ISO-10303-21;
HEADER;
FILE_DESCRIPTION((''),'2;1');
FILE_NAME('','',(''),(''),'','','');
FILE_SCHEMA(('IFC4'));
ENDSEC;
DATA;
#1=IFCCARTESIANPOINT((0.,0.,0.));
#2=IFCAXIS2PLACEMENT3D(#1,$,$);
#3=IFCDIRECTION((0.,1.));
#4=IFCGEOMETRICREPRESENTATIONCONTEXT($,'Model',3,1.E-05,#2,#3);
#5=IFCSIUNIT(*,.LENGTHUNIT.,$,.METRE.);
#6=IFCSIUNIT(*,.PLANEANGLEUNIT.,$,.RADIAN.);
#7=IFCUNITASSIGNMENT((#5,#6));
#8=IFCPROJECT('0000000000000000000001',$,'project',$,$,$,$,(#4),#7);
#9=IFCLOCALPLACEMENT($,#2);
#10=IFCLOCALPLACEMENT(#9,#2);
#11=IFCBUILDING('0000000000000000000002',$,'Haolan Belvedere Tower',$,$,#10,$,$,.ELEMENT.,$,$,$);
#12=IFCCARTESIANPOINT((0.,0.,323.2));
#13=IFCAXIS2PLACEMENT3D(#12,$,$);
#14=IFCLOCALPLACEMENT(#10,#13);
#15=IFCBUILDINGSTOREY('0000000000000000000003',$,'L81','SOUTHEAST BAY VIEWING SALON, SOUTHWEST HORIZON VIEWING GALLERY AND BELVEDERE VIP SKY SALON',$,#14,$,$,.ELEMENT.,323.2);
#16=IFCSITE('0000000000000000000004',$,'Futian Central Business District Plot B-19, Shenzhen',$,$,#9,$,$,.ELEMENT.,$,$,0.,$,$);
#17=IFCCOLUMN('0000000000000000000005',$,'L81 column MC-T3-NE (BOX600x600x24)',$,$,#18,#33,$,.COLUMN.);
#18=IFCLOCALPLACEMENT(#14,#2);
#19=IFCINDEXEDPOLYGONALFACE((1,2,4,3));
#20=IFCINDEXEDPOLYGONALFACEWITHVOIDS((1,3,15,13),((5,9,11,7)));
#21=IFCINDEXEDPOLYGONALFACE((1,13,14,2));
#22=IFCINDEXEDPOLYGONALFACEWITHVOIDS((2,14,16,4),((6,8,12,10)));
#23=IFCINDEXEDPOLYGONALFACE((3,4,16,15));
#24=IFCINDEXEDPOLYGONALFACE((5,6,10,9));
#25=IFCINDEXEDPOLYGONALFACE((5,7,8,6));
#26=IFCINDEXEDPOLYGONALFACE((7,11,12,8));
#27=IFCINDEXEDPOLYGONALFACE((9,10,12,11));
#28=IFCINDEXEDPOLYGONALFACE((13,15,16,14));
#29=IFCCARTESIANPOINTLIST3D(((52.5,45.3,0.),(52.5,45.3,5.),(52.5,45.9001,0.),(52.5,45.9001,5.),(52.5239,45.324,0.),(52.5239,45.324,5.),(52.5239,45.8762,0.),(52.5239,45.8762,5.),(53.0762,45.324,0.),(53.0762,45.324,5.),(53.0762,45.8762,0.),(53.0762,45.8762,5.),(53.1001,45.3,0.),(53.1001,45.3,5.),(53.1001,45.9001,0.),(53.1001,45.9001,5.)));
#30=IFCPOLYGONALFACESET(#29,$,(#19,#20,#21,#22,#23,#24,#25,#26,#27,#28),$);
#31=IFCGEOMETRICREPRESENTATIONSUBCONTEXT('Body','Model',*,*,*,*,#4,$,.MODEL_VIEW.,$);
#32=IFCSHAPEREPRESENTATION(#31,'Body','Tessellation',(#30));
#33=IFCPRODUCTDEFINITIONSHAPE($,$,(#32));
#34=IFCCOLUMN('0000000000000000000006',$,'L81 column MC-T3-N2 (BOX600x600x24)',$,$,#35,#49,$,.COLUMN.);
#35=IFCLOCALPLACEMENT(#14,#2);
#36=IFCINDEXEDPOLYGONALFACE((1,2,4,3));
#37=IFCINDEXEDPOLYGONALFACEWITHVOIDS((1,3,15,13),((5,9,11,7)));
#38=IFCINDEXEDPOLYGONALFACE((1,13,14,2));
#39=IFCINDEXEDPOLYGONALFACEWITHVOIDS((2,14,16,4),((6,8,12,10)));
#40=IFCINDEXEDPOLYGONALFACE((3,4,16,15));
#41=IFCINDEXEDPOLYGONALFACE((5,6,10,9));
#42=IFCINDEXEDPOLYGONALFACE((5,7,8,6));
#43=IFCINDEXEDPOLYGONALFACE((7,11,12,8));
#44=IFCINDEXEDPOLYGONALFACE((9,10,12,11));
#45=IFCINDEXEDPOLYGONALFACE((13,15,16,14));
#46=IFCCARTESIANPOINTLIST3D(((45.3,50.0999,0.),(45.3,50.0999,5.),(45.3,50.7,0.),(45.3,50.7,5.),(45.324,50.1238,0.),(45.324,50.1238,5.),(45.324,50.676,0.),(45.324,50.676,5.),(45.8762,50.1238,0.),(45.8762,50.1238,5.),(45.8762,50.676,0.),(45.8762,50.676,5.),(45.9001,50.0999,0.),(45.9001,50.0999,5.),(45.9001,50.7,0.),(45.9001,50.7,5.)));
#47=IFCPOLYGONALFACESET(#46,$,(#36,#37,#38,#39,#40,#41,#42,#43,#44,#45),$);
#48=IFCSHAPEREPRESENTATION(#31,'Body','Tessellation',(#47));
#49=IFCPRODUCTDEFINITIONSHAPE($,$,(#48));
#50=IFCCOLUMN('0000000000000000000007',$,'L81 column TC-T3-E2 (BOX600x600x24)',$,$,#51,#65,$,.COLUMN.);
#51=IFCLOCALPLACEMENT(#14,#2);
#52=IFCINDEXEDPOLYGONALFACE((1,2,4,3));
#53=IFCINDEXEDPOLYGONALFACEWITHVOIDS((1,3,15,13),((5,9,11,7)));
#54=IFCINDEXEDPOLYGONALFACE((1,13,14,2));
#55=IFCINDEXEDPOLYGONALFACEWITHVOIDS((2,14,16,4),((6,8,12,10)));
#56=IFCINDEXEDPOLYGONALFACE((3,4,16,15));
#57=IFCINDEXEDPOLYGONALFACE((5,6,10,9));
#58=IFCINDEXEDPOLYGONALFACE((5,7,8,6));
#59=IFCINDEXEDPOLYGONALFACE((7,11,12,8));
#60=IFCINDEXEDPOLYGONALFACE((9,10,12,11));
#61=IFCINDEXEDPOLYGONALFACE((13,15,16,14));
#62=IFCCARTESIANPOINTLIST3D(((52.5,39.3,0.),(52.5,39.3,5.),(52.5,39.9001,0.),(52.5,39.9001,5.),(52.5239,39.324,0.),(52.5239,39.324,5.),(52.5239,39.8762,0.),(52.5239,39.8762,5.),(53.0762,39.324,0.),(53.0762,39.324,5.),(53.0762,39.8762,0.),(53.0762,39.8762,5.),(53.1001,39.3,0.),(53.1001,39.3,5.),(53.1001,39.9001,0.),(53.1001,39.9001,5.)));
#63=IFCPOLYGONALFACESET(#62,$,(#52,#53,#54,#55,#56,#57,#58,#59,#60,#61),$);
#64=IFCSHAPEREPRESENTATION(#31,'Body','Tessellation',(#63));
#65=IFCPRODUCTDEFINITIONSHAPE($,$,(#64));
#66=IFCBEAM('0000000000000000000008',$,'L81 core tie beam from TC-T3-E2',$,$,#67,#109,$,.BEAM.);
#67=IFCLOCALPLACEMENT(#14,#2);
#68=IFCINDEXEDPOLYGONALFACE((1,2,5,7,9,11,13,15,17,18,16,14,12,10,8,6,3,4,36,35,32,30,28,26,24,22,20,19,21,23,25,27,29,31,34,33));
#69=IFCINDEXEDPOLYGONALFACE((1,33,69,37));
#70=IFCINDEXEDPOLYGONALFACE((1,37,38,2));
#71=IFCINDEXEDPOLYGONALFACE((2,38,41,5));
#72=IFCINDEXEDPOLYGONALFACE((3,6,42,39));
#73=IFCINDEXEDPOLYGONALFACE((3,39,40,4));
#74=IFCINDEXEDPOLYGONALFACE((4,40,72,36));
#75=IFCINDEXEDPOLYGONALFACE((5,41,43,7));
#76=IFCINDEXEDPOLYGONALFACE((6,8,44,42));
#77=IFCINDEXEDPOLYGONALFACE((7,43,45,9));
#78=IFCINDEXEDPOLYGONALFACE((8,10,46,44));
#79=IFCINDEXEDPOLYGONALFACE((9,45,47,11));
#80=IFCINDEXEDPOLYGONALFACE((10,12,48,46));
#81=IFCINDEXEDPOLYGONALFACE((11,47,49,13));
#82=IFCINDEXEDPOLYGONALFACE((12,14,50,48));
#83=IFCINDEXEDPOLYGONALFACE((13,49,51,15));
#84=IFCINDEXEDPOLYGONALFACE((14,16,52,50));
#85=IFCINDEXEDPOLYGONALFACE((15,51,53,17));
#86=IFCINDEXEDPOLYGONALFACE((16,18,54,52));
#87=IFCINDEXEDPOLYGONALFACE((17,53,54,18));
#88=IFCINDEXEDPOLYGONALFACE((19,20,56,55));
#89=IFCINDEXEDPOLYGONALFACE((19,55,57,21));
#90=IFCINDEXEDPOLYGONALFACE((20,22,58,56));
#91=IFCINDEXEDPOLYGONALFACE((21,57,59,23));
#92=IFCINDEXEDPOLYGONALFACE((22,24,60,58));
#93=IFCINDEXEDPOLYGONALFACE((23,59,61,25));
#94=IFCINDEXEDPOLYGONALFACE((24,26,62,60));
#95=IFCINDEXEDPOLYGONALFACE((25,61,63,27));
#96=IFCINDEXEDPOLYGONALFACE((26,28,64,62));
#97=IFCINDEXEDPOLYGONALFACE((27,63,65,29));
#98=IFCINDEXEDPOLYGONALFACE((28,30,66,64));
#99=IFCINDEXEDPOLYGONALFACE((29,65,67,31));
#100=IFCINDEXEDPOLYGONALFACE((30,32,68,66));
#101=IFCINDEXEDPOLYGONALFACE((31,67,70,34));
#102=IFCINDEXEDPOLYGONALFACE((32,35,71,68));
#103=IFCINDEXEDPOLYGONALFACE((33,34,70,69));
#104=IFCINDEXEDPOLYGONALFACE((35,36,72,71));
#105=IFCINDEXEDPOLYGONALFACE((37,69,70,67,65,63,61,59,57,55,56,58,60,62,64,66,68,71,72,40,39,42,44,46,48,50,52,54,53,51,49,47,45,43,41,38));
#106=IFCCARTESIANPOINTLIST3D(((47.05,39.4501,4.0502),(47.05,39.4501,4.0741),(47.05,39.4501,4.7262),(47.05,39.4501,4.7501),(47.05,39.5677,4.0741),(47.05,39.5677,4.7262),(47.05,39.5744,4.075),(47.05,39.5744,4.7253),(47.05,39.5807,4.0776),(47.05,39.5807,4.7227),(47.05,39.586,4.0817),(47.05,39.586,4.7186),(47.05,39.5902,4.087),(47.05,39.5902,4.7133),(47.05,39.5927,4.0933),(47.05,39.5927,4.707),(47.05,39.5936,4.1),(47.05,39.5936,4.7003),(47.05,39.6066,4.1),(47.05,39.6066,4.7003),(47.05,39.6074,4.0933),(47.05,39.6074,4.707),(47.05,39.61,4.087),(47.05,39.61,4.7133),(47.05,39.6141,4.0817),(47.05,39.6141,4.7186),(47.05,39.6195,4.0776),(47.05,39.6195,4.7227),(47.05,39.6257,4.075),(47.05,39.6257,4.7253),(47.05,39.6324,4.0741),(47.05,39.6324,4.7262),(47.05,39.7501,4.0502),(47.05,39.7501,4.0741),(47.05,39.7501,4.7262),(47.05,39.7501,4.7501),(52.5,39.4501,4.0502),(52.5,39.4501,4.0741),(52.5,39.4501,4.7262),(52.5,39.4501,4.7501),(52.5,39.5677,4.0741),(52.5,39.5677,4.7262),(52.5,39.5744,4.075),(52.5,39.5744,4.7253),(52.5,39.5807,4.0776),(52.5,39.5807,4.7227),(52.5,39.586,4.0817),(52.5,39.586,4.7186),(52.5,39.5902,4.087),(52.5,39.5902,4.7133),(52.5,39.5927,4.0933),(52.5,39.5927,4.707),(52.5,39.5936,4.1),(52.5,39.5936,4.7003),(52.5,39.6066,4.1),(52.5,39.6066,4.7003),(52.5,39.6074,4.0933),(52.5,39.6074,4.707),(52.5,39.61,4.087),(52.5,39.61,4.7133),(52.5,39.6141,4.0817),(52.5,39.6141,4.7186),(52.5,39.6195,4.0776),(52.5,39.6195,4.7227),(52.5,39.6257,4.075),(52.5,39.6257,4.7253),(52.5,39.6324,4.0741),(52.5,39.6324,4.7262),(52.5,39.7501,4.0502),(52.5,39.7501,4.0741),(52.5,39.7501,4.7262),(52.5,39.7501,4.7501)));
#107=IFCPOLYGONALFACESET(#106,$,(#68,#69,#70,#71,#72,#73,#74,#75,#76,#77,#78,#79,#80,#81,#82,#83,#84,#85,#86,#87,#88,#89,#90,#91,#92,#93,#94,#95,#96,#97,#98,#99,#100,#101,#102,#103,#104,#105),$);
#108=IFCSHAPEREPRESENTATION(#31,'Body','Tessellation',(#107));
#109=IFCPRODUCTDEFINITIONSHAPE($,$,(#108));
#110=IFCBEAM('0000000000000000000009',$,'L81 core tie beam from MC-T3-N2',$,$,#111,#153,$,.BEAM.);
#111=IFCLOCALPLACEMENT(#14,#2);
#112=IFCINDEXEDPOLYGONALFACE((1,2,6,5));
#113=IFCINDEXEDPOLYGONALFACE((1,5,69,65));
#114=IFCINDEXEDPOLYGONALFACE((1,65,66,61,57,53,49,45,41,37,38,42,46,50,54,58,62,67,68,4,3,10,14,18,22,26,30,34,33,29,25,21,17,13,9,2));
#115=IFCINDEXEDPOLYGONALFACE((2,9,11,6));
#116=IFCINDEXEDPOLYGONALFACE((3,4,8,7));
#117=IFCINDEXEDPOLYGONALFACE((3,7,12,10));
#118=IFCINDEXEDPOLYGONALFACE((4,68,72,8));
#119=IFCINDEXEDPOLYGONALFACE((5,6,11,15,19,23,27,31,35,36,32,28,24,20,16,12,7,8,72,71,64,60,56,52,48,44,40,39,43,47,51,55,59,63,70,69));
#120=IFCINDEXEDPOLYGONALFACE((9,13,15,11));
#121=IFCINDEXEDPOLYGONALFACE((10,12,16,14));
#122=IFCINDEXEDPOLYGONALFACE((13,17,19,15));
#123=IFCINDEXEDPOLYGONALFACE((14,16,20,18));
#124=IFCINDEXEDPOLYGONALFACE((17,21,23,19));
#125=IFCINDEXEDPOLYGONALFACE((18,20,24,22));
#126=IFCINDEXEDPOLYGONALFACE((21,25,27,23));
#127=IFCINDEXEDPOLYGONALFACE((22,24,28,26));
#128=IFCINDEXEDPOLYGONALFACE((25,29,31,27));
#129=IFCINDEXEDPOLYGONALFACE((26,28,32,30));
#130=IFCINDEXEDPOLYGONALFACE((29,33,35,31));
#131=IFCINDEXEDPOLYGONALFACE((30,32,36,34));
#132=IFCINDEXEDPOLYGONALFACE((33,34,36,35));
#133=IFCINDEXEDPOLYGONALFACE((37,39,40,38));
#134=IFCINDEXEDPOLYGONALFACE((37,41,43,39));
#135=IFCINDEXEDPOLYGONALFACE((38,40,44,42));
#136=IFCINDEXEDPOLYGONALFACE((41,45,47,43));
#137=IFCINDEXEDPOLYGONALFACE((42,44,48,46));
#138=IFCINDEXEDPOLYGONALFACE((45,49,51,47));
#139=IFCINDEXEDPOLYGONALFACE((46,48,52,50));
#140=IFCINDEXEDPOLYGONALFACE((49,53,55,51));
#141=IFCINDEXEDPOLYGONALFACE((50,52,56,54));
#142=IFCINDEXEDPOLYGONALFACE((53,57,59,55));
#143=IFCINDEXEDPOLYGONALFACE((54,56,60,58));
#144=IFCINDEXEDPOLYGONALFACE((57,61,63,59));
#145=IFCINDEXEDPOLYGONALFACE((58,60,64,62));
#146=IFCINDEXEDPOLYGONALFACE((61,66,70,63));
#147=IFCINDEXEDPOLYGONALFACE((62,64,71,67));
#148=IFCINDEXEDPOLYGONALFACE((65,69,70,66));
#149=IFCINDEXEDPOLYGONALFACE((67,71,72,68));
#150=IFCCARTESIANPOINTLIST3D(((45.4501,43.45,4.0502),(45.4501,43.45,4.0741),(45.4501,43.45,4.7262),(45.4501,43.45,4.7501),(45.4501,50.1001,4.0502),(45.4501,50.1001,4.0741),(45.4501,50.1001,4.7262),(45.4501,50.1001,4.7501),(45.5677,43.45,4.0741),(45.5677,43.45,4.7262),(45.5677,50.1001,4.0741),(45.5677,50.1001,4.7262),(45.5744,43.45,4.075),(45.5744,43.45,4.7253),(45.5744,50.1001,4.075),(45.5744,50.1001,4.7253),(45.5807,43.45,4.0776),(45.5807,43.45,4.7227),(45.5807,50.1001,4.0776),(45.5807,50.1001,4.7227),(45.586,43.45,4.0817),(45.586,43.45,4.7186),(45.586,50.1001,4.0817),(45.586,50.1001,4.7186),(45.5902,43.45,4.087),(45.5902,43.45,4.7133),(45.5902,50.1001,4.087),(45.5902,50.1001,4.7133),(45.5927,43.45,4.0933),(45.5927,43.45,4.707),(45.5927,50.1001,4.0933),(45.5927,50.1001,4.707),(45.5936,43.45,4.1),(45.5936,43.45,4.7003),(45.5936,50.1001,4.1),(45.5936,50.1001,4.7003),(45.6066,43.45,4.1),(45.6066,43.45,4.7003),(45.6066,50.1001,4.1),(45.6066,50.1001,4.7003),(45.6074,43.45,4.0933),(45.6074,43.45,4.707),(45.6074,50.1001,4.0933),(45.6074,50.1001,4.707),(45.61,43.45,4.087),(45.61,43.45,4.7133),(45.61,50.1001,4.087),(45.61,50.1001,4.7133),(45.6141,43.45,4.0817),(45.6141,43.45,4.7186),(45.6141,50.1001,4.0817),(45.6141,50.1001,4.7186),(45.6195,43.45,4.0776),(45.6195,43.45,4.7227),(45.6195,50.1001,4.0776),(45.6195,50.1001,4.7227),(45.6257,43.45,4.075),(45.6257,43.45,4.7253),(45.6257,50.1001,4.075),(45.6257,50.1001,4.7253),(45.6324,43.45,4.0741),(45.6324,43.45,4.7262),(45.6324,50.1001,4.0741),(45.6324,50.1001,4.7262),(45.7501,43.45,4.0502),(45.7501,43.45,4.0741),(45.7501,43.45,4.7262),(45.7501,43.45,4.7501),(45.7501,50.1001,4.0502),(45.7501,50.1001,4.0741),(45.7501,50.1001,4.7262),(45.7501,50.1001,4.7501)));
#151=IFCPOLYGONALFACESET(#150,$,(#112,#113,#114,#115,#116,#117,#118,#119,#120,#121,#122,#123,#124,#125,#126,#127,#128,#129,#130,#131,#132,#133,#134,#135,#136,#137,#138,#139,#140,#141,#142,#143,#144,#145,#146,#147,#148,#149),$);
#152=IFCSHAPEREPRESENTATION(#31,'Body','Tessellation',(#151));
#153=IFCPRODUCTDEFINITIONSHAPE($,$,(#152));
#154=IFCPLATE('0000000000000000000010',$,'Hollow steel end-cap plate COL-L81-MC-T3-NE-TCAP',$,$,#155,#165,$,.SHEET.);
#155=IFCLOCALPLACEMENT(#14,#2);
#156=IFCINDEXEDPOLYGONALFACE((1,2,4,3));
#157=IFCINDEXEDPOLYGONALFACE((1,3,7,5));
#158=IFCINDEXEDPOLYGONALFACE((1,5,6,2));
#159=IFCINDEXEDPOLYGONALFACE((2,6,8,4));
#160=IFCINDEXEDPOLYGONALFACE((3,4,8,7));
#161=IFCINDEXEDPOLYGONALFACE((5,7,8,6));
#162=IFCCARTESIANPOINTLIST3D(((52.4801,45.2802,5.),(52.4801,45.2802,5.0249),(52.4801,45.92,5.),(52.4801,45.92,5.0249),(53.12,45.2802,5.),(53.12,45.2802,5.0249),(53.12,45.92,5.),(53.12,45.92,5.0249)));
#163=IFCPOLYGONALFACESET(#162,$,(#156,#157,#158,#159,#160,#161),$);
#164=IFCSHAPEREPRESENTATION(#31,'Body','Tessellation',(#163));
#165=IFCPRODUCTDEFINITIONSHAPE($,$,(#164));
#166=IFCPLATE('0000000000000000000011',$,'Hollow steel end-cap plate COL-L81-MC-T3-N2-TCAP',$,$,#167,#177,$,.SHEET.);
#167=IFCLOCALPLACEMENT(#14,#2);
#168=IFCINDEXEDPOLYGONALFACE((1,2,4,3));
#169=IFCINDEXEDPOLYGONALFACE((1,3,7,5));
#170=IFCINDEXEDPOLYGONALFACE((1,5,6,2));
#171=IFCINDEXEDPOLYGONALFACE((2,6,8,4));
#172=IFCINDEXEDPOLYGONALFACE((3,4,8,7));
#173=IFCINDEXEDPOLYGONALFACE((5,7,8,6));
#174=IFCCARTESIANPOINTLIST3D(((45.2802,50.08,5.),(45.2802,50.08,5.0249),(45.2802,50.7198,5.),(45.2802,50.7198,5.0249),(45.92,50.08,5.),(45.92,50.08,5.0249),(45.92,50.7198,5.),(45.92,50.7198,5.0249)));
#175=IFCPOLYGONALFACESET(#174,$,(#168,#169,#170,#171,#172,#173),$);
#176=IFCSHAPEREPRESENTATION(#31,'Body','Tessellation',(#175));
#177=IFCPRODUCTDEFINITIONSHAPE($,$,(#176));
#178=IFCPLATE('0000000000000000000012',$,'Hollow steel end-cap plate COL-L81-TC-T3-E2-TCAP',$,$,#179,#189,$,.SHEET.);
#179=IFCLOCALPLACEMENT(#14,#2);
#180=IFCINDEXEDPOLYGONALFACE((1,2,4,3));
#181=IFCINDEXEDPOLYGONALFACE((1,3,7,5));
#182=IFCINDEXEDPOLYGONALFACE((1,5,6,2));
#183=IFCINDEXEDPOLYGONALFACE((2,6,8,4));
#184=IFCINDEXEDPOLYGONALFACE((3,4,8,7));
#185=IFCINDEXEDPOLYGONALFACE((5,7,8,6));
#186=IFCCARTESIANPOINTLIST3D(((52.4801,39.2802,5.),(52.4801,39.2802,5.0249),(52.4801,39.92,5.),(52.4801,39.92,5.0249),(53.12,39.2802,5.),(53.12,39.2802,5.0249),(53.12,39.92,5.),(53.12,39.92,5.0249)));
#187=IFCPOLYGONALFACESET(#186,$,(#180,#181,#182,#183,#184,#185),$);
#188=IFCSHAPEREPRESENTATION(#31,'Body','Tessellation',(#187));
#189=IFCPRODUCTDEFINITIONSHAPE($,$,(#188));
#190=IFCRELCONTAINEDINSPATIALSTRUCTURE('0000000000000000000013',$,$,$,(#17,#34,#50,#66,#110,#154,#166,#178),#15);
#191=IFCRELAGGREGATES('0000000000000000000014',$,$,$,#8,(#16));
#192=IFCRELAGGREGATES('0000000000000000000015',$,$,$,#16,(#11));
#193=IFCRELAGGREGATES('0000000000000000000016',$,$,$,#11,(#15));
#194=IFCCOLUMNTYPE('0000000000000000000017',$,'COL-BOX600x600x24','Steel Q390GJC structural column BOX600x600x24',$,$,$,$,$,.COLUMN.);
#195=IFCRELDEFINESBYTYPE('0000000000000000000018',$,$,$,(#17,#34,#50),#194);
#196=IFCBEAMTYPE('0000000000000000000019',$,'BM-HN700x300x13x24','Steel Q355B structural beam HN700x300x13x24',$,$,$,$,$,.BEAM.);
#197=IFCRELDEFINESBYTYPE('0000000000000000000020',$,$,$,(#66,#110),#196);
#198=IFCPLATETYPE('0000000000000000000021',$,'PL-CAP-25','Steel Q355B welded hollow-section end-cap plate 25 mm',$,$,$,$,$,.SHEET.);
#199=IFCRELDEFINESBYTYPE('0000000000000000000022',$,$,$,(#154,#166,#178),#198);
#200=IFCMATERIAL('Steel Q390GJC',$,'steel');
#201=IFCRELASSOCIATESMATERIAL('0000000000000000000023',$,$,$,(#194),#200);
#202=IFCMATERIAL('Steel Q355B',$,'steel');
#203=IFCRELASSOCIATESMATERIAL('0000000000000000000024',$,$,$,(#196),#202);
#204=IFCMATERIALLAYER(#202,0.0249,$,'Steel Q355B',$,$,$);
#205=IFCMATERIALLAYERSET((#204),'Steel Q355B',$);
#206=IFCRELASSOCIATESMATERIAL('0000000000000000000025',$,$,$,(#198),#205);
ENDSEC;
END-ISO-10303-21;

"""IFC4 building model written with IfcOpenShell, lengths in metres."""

from ifc_helpers import new_model, si_unit, direction, frame, origin, origin_2d, place, context, subcontext, project, spatial, rectangle, hollow_rectangle, i_section, extrude, material, layer, layer_set, material_profile, profile_set, type_object, element, save


model = new_model("IFC4")

# Units and contexts
model_context = context("Model", 3, precision=1e-05, world=origin(), true_north=direction((0.0, 1.0)))
body_context = subcontext(model_context, "Body", "Model", "MODEL_VIEW")
ifc_project = project(units=[si_unit("LENGTHUNIT", "METRE"), si_unit("PLANEANGLEUNIT", "RADIAN")], contexts=[model_context])

# Site, building, storey
site_placement = place(None, origin())
site = spatial("IfcSite", under=ifc_project, at=site_placement, Name="Futian Central Business District Plot B-19, Shenzhen", CompositionType="ELEMENT", RefElevation=0.0)
building_placement = place(site_placement, origin())
building = spatial("IfcBuilding", under=site, at=building_placement, Name="Haolan Belvedere Tower", CompositionType="ELEMENT")
storey_placement = place(building_placement, frame((0.0, 0.0, 323.2)))
storey = spatial("IfcBuildingStorey", under=building, at=storey_placement, Name="L81", Description="SOUTHEAST BAY VIEWING SALON, SOUTHWEST HORIZON VIEWING GALLERY AND BELVEDERE VIP SKY SALON", CompositionType="ELEMENT", Elevation=323.2)

# Columns
ifc_material_1 = material(Name="Steel Q390GJC", Category="steel")
ifc_material_profile_1 = material_profile(ifc_material_1, hollow_rectangle(XDim=0.6001, YDim=0.6001, WallThickness=0.0239, at=origin_2d()), Name="Steel Q390GJC")
ifc_profile_set_1 = profile_set([ifc_material_profile_1], Name="Steel Q390GJC")
column_type = type_object("IfcColumnType", Name="COL-BOX600x600x24", Description="Steel Q390GJC structural column BOX600x600x24", PredefinedType="COLUMN", material=ifc_profile_set_1)
for number, where, z_axis, x_axis, name in (
    (1, (52.8, 45.6001, 0.0), (0.0, 0.0, 1.0), (1.0, 0.0, 0.0), "L81 column MC-T3-NE (BOX600x600x24)"),
    (2, (45.6001, 50.3999, 0.0), (0.0, 0.0, 1.0), (1.0, 0.0, 0.0), "L81 column MC-T3-N2 (BOX600x600x24)"),
    (3, (52.8, 39.6001, 0.0), (0.0, 0.0, 1.0), (1.0, 0.0, 0.0), "L81 column TC-T3-E2 (BOX600x600x24)"),
):
    element("IfcColumn", number, at=place(storey_placement, frame(where, z_axis=z_axis, x_axis=x_axis)), inside=storey, type_object=column_type, Name=name, PredefinedType="COLUMN", context=body_context, shape_type="SweptSolid", body=[
        extrude(hollow_rectangle(XDim=0.6001, YDim=0.6001, WallThickness=0.0239, at=origin_2d()), origin(), (0.0, 0.0, 1.0), 5.0),
    ])

# Beams
ifc_material_2 = material(Name="Steel Q355B", Category="steel")
ifc_material_profile_2 = material_profile(ifc_material_2, i_section(OverallWidth=0.3, OverallDepth=0.7, WebThickness=0.0129, FlangeThickness=0.0239, FilletRadius=0.0259, at=origin_2d()), Name="Steel Q355B")
ifc_profile_set_2 = profile_set([ifc_material_profile_2], Name="Steel Q355B")
beam_type = type_object("IfcBeamType", Name="BM-HN700x300x13x24", Description="Steel Q355B structural beam HN700x300x13x24", PredefinedType="BEAM", material=ifc_profile_set_2)
beam_1_placement = place(storey_placement, frame((52.5, 39.6001, 4.4001), z_axis=(-1.0, 0.0, 0.0), x_axis=(0.0, -1.0, 0.0)))
element("IfcBeam", 4, at=beam_1_placement, inside=storey, type_object=beam_type, Name="L81 core tie beam from TC-T3-E2", PredefinedType="BEAM", context=body_context, shape_type="SweptSolid", body=[
    extrude(i_section(OverallWidth=0.3, OverallDepth=0.7, WebThickness=0.0129, FlangeThickness=0.0239, FilletRadius=0.0259, at=origin_2d()), origin(), (0.0, 0.0, 1.0), 5.45),
])
beam_2_placement = place(storey_placement, frame((45.6001, 50.1001, 4.4001), z_axis=(0.0, -1.0, 0.0), x_axis=(1.0, 0.0, 0.0)))
element("IfcBeam", 5, at=beam_2_placement, inside=storey, type_object=beam_type, Name="L81 core tie beam from MC-T3-N2", PredefinedType="BEAM", context=body_context, shape_type="SweptSolid", body=[
    extrude(i_section(OverallWidth=0.3, OverallDepth=0.7, WebThickness=0.0129, FlangeThickness=0.0239, FilletRadius=0.0259, at=origin_2d()), origin(), (0.0, 0.0, 1.0), 6.6501),
])

# Plates
ifc_layer_1 = layer(ifc_material_2, 0.0249, Name="Steel Q355B")
ifc_layer_set_1 = layer_set([ifc_layer_1], Name="Steel Q355B")
plate_type = type_object("IfcPlateType", Name="PL-CAP-25", Description="Steel Q355B welded hollow-section end-cap plate 25 mm", PredefinedType="SHEET", material=ifc_layer_set_1)
for number, where, z_axis, x_axis, name in (
    (6, (52.8, 45.6001, 5.0), (0.0, 0.0, 1.0), (1.0, 0.0, 0.0), "Hollow steel end-cap plate COL-L81-MC-T3-NE-TCAP"),
    (7, (45.6001, 50.3999, 5.0), (0.0, 0.0, 1.0), (1.0, 0.0, 0.0), "Hollow steel end-cap plate COL-L81-MC-T3-N2-TCAP"),
    (8, (52.8, 39.6001, 5.0), (0.0, 0.0, 1.0), (1.0, 0.0, 0.0), "Hollow steel end-cap plate COL-L81-TC-T3-E2-TCAP"),
):
    element("IfcPlate", number, at=place(storey_placement, frame(where, z_axis=z_axis, x_axis=x_axis)), inside=storey, type_object=plate_type, Name=name, PredefinedType="SHEET", context=body_context, shape_type="SweptSolid", body=[
        extrude(rectangle(XDim=0.6399, YDim=0.6399, at=origin_2d()), origin(), (0.0, 0.0, 1.0), 0.0249),
    ])

save(model, "model.ifc")
